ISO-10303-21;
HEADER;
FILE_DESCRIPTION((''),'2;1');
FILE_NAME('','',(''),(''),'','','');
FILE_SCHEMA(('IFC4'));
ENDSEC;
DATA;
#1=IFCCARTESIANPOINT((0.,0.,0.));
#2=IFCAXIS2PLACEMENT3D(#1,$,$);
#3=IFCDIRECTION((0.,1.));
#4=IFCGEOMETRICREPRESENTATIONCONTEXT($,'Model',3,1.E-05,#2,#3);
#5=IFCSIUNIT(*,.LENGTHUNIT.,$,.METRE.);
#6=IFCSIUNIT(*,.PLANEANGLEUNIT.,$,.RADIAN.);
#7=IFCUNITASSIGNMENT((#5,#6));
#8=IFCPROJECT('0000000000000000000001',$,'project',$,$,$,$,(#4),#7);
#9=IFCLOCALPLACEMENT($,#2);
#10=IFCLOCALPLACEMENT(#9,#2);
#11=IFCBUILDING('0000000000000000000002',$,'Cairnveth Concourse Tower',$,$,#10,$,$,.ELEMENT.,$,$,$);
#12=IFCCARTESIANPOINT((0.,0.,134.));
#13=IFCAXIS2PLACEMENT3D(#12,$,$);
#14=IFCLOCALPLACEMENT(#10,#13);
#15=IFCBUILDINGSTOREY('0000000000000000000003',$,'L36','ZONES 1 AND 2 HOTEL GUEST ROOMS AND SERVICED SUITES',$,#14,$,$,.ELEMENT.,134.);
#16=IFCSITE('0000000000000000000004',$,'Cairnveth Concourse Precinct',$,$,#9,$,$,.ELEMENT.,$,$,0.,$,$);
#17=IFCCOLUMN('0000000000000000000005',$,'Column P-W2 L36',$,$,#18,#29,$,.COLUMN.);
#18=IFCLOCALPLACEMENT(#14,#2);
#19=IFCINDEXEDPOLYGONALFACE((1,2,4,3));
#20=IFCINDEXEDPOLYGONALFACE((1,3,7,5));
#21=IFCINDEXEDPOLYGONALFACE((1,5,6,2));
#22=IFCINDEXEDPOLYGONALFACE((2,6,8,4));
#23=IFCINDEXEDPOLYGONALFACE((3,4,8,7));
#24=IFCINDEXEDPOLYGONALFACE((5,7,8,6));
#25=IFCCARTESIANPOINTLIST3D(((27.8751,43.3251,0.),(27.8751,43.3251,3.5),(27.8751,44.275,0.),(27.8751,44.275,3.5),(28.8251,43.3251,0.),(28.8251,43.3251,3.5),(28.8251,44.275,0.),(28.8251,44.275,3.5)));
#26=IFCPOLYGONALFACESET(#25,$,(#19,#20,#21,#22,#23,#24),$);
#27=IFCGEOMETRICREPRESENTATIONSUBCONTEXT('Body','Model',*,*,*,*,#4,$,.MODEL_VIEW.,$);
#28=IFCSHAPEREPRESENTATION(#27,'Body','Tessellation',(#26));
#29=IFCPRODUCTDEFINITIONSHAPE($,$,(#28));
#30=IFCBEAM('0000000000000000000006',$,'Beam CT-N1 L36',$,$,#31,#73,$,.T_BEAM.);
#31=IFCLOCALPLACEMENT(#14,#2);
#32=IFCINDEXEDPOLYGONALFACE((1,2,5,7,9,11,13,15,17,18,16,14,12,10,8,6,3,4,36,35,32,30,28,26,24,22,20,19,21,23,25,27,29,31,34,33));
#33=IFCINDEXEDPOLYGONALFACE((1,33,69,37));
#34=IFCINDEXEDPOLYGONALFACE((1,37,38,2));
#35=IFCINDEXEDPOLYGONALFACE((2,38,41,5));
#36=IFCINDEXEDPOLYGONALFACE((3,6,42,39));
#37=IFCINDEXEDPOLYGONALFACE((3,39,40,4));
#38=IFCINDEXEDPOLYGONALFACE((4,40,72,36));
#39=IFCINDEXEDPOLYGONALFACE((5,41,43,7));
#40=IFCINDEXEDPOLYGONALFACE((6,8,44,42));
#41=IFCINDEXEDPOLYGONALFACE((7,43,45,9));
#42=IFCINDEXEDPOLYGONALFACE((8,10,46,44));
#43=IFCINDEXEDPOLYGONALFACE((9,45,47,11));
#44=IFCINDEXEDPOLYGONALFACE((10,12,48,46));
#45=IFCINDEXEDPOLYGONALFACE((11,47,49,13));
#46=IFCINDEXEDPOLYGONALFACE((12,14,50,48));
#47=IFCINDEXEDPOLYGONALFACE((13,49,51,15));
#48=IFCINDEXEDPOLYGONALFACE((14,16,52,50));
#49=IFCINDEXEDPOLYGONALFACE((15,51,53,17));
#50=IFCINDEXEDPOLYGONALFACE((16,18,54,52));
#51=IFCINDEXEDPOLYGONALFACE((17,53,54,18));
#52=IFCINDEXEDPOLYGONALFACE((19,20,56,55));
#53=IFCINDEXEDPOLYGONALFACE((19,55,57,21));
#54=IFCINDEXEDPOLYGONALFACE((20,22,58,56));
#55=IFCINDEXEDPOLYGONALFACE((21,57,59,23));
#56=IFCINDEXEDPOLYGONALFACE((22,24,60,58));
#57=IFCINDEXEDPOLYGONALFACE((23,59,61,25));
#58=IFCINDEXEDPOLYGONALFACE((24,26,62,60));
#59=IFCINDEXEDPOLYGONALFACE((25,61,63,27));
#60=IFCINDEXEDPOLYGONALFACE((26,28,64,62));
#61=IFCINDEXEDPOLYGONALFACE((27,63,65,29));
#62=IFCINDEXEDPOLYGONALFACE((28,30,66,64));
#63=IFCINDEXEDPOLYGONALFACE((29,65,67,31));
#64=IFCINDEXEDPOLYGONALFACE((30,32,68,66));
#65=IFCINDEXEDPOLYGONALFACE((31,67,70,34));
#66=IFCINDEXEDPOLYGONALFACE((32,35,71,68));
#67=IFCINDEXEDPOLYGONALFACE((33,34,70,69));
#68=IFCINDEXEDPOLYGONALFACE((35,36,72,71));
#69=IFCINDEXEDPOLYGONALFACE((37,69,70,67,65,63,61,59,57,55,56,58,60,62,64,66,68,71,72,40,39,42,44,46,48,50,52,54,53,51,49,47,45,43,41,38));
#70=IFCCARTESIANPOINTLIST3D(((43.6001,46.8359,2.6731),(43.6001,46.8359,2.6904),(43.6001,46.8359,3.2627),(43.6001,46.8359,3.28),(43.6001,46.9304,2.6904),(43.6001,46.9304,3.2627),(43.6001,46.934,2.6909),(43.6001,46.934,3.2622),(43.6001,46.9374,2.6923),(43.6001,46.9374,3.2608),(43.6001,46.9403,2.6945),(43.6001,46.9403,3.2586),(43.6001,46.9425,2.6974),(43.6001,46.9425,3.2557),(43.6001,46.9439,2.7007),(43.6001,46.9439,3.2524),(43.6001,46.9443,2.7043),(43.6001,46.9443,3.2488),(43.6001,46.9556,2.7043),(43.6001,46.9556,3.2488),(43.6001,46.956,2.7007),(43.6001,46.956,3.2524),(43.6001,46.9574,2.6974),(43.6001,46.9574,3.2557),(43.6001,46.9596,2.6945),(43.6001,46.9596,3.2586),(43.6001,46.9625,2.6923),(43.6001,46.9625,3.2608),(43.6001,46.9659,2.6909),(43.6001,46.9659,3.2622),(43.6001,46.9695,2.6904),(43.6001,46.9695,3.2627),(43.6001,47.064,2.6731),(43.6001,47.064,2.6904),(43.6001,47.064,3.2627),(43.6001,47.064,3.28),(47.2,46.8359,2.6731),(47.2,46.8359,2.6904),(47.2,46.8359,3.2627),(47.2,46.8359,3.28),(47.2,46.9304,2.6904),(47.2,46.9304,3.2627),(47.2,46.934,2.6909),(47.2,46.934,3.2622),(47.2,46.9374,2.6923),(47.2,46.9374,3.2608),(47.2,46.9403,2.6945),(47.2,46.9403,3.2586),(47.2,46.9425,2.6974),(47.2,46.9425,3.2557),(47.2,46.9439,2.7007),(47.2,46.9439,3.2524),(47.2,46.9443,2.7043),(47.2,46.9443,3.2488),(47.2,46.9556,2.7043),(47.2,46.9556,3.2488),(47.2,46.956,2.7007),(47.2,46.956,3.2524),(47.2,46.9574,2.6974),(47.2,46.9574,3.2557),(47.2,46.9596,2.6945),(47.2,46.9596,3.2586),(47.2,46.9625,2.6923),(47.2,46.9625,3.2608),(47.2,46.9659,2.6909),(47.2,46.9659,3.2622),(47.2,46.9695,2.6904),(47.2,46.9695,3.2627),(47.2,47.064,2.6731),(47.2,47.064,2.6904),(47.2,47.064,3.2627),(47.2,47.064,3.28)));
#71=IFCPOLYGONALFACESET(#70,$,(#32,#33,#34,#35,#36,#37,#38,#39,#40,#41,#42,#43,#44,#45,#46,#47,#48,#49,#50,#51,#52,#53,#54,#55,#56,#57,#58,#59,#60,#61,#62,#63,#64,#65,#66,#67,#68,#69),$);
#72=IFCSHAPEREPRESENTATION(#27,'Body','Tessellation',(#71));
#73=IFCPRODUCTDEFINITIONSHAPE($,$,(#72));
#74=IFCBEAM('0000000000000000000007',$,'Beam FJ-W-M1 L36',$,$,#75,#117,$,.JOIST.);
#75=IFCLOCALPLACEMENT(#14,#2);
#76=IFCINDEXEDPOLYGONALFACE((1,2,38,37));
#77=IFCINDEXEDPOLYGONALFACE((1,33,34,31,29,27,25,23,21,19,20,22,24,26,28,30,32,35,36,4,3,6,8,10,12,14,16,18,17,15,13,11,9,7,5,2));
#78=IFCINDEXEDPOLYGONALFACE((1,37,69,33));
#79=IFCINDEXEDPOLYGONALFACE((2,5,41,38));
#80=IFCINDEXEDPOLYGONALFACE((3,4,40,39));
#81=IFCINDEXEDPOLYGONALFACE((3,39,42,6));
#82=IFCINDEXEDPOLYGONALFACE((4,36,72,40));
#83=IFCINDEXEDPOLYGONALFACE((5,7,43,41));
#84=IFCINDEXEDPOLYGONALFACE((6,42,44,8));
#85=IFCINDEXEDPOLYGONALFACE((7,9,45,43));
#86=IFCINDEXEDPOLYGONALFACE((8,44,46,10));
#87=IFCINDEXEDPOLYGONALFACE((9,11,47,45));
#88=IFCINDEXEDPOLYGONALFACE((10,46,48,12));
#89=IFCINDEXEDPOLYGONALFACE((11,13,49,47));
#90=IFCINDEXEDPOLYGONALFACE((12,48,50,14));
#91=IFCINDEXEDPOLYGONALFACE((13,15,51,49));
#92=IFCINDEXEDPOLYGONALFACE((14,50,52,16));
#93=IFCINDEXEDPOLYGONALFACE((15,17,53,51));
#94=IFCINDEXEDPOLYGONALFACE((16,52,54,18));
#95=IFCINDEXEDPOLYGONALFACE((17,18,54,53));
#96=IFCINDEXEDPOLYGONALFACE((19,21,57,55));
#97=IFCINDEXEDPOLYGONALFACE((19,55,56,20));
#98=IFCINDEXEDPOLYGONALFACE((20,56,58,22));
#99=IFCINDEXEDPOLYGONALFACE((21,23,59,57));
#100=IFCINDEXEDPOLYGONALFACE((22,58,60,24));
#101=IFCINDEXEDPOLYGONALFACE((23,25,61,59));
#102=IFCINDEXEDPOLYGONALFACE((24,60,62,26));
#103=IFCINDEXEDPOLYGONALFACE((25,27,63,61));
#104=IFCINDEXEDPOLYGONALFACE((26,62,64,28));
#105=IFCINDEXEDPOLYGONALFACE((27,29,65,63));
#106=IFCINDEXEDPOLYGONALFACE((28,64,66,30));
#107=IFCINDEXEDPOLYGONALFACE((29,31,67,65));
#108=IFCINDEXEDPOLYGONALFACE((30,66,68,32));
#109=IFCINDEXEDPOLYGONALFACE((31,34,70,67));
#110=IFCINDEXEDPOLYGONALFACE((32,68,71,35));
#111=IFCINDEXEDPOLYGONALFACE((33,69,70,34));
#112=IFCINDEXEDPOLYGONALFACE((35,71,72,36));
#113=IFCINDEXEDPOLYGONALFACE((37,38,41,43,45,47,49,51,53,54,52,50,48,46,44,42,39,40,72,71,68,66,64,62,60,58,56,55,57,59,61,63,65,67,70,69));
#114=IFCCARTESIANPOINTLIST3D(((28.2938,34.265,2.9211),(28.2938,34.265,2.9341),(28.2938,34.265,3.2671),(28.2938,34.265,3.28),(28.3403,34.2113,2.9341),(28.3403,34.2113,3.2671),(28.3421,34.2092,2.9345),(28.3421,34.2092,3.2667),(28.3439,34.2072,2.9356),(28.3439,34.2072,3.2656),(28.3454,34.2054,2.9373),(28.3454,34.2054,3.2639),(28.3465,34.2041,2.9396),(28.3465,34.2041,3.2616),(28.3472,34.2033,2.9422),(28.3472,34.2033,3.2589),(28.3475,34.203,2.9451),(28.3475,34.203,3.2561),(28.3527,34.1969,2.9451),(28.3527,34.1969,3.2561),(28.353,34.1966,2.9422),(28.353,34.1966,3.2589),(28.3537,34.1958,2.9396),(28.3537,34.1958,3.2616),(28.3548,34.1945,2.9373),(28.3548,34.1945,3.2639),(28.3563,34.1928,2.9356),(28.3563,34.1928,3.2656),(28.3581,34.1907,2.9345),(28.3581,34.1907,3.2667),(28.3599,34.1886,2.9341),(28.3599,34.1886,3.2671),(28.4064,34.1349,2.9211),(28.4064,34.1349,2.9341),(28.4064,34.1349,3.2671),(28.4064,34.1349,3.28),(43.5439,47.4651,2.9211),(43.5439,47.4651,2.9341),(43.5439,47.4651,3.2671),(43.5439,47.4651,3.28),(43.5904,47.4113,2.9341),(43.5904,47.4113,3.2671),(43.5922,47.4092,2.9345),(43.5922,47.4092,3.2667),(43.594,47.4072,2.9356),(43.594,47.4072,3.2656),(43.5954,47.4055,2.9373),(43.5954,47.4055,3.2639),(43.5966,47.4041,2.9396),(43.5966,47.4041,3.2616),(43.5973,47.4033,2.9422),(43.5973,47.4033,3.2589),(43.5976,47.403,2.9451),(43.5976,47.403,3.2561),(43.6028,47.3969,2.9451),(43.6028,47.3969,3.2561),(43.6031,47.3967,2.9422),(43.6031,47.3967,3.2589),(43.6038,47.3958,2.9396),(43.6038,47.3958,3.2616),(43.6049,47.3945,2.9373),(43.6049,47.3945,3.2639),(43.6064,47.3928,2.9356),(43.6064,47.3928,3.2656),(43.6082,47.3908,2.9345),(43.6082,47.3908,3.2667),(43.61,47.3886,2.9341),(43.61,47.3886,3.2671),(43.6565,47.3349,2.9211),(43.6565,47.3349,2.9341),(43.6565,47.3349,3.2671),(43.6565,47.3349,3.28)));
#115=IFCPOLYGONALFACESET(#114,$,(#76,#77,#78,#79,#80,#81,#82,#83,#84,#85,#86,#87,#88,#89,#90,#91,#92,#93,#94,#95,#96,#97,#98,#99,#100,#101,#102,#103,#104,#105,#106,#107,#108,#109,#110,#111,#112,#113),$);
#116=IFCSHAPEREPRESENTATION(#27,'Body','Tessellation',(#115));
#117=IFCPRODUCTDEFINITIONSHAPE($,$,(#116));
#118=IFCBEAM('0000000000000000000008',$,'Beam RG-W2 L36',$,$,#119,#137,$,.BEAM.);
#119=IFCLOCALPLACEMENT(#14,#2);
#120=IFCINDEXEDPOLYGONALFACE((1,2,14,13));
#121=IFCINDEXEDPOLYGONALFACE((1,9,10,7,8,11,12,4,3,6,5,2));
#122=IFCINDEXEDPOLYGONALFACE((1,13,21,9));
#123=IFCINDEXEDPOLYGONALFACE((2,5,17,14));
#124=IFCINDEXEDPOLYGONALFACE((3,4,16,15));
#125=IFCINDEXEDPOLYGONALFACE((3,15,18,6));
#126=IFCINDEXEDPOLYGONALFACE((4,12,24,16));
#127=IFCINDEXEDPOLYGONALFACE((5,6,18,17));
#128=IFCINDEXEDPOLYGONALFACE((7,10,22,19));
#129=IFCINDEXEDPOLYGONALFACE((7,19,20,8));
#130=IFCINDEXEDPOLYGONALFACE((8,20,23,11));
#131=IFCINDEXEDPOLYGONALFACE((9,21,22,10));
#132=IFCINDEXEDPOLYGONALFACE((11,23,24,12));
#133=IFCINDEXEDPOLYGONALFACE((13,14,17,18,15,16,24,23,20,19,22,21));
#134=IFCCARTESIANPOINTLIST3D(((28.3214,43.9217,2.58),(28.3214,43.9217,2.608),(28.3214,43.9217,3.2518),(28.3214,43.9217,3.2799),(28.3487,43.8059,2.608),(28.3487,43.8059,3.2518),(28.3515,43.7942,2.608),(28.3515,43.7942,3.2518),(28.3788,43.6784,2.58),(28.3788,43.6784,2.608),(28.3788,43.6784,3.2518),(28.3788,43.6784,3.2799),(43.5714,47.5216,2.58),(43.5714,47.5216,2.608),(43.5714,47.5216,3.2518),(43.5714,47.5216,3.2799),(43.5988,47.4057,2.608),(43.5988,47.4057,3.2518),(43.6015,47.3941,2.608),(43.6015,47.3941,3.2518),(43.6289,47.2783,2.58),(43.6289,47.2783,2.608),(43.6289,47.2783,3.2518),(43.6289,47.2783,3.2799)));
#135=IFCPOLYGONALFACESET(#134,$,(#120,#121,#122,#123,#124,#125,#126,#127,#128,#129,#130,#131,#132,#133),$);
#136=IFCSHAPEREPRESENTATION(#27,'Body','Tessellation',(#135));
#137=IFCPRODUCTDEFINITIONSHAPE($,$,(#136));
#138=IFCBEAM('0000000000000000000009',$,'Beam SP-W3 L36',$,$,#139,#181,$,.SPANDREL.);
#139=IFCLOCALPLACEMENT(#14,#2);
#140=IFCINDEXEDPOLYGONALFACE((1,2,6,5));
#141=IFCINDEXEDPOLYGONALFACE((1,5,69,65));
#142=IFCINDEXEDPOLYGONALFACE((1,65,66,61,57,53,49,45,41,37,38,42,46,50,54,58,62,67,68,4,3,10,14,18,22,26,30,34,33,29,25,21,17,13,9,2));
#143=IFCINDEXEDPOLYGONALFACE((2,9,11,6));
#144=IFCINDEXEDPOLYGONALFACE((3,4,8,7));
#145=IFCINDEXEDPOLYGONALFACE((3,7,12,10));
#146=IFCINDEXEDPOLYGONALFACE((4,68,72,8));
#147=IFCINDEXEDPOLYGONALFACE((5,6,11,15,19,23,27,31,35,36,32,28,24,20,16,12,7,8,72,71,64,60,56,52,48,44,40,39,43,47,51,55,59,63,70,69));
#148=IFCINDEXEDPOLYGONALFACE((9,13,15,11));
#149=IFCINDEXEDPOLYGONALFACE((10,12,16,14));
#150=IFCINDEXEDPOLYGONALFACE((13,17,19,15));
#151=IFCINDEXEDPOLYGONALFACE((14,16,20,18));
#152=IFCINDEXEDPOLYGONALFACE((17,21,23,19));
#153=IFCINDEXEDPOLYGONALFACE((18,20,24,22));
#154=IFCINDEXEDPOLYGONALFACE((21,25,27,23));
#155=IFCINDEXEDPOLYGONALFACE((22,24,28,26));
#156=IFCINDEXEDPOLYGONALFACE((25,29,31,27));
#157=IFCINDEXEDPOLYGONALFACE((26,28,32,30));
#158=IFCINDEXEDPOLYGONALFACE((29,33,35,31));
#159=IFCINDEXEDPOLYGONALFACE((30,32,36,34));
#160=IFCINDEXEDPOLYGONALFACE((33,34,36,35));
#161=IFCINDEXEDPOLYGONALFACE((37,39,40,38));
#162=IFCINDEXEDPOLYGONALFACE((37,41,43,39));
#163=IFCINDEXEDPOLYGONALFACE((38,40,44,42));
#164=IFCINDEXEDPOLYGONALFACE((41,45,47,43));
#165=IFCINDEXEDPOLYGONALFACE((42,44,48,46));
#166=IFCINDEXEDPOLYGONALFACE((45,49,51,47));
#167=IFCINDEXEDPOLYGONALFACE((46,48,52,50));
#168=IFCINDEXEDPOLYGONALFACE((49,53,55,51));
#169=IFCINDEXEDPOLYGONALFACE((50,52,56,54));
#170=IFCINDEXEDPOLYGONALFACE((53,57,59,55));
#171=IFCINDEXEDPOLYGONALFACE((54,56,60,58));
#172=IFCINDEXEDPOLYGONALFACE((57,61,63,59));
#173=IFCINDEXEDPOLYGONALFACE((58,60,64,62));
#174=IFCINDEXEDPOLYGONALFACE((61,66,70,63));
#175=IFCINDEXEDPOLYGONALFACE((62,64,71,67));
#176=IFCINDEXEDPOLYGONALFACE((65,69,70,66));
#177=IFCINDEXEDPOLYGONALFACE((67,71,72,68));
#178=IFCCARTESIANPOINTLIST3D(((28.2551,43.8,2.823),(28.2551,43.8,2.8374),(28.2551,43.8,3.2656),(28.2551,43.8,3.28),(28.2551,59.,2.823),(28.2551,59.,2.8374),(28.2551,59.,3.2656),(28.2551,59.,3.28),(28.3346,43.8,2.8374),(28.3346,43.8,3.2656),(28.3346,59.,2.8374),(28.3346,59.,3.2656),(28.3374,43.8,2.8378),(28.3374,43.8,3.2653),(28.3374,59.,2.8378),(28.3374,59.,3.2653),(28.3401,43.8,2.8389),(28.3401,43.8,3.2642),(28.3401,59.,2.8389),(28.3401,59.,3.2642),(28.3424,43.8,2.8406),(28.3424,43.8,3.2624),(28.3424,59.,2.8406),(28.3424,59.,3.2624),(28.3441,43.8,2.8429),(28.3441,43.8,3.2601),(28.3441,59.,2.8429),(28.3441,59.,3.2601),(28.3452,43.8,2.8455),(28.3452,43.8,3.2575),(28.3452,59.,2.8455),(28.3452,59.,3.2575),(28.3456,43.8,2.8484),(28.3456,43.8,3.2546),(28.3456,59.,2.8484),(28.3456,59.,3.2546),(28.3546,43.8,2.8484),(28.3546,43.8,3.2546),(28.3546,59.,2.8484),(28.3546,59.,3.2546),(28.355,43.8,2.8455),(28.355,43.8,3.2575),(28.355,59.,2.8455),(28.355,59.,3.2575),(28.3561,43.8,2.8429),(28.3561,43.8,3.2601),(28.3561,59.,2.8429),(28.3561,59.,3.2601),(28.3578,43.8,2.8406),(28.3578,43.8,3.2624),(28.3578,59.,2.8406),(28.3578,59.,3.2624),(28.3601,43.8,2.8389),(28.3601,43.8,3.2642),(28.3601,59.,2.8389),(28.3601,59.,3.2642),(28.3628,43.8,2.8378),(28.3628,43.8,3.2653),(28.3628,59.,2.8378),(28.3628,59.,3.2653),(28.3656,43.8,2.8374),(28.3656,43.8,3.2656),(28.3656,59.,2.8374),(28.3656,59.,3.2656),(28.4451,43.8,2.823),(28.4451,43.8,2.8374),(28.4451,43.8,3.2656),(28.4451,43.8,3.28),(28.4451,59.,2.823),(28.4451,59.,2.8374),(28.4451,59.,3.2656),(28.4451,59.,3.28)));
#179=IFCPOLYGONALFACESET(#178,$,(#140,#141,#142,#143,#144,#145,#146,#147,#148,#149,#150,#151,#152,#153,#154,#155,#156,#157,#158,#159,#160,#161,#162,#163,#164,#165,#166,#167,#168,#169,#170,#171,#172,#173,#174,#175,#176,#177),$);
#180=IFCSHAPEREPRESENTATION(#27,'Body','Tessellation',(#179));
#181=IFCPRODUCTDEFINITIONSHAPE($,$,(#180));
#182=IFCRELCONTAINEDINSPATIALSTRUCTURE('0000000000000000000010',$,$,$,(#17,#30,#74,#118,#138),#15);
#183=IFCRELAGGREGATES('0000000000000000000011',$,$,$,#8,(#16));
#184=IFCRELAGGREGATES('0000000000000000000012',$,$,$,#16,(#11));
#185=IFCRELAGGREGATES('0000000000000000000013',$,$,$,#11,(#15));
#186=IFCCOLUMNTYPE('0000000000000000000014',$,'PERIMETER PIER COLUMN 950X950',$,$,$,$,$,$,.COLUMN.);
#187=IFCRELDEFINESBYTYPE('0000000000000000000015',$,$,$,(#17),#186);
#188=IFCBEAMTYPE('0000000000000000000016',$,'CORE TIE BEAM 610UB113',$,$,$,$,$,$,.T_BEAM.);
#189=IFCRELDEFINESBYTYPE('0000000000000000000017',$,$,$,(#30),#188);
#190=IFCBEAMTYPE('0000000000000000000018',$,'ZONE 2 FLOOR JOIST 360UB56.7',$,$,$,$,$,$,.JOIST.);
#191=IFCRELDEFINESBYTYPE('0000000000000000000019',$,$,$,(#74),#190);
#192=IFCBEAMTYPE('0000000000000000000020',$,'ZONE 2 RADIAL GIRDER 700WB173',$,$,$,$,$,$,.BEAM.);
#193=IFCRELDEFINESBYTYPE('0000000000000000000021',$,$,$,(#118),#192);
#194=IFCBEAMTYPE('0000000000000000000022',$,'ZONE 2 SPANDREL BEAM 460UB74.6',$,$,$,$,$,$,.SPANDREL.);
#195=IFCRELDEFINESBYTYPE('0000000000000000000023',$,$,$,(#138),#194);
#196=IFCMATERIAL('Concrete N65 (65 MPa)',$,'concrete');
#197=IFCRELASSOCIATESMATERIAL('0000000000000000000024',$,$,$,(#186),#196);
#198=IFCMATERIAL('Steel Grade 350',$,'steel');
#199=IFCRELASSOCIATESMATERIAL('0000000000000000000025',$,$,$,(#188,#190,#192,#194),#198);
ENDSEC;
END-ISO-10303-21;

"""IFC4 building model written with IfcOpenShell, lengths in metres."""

from ifc_helpers import new_model, si_unit, direction, frame, origin, origin_2d, place, context, subcontext, project, spatial, rectangle, i_section, extrude, material, material_profile, profile_set, type_object, element, save


model = new_model("IFC4")

# Units and contexts
model_context = context("Model", 3, precision=1e-05, world=origin(), true_north=direction((0.0, 1.0)))
body_context = subcontext(model_context, "Body", "Model", "MODEL_VIEW")
ifc_project = project(units=[si_unit("LENGTHUNIT", "METRE"), si_unit("PLANEANGLEUNIT", "RADIAN")], contexts=[model_context])

# Site, building, storey
site_placement = place(None, origin())
site = spatial("IfcSite", under=ifc_project, at=site_placement, Name="Cairnveth Concourse Precinct", CompositionType="ELEMENT", RefElevation=0.0)
building_placement = place(site_placement, origin())
building = spatial("IfcBuilding", under=site, at=building_placement, Name="Cairnveth Concourse Tower", CompositionType="ELEMENT")
storey_placement = place(building_placement, frame((0.0, 0.0, 134.0)))
storey = spatial("IfcBuildingStorey", under=building, at=storey_placement, Name="L36", Description="ZONES 1 AND 2 HOTEL GUEST ROOMS AND SERVICED SUITES", CompositionType="ELEMENT", Elevation=134.0)

# Column
ifc_material_1 = material(Name="Concrete N65 (65 MPa)", Category="concrete")
ifc_material_profile_1 = material_profile(ifc_material_1, rectangle(XDim=0.95, YDim=0.95, at=origin_2d()), Name="RC-COL-950x950")
ifc_profile_set_1 = profile_set([ifc_material_profile_1], Name="Concrete N65 (65 MPa)")
column_type = type_object("IfcColumnType", Name="PERIMETER PIER COLUMN 950X950", PredefinedType="COLUMN", material=ifc_profile_set_1)
column_placement = place(storey_placement, frame((28.3501, 43.8, 0.0), z_axis=(0.0, 0.0, 1.0), x_axis=(0.0, 1.0, 0.0)))
element("IfcColumn", 1, at=column_placement, inside=storey, type_object=column_type, Name="Column P-W2 L36", PredefinedType="COLUMN", context=body_context, shape_type="SweptSolid", body=[
    extrude(rectangle(XDim=0.95, YDim=0.95, at=origin_2d()), origin(), (0.0, 0.0, 1.0), 3.5),
])

# Beams
ifc_material_2 = material(Name="Steel Grade 350", Category="steel")
ifc_material_profile_2 = material_profile(ifc_material_2, i_section(OverallWidth=0.228, OverallDepth=0.6069, WebThickness=0.0112, FlangeThickness=0.0173, FilletRadius=0.0139, at=origin_2d()), Name="610UB113")
ifc_profile_set_2 = profile_set([ifc_material_profile_2], Name="Steel Grade 350")
beam_type_1 = type_object("IfcBeamType", Name="CORE TIE BEAM 610UB113", PredefinedType="T_BEAM", material=ifc_profile_set_2)
beam_1_placement = place(storey_placement, frame((43.6001, 46.95, 2.9766), z_axis=(1.0, 0.0, 0.0), x_axis=(0.0, 1.0, 0.0)))
element("IfcBeam", 2, at=beam_1_placement, inside=storey, type_object=beam_type_1, Name="Beam CT-N1 L36", PredefinedType="T_BEAM", context=body_context, shape_type="SweptSolid", body=[
    extrude(i_section(OverallWidth=0.228, OverallDepth=0.6069, WebThickness=0.0112, FlangeThickness=0.0173, FilletRadius=0.0139, at=origin_2d()), origin(), (0.0, 0.0, 1.0), 3.5999),
])
ifc_material_profile_3 = material_profile(ifc_material_2, i_section(OverallWidth=0.1721, OverallDepth=0.3589, WebThickness=0.0081, FlangeThickness=0.0129, FilletRadius=0.011, at=origin_2d()), Name="360UB56.7")
ifc_profile_set_3 = profile_set([ifc_material_profile_3], Name="Steel Grade 350")
beam_type_2 = type_object("IfcBeamType", Name="ZONE 2 FLOOR JOIST 360UB56.7", PredefinedType="JOIST", material=ifc_profile_set_3)
beam_2_placement = place(storey_placement, frame((28.3501, 34.2, 3.1006), z_axis=(0.756099, 0.654457, 0.0), x_axis=(-0.654457, 0.756099, 0.0)))
element("IfcBeam", 3, at=beam_2_placement, inside=storey, type_object=beam_type_2, Name="Beam FJ-W-M1 L36", PredefinedType="JOIST", context=body_context, shape_type="SweptSolid", body=[
    extrude(i_section(OverallWidth=0.1721, OverallDepth=0.3589, WebThickness=0.0081, FlangeThickness=0.0129, FilletRadius=0.011, at=origin_2d()), origin(), (0.0, 0.0, 1.0), 20.1694),
])
ifc_material_profile_4 = material_profile(ifc_material_2, i_section(OverallWidth=0.25, OverallDepth=0.7, WebThickness=0.012, FlangeThickness=0.0281, at=origin_2d()), Name="700WB173")
ifc_profile_set_4 = profile_set([ifc_material_profile_4], Name="Steel Grade 350")
beam_type_3 = type_object("IfcBeamType", Name="ZONE 2 RADIAL GIRDER 700WB173", PredefinedType="BEAM", material=ifc_profile_set_4)
beam_3_placement = place(storey_placement, frame((28.3501, 43.8, 2.9299), z_axis=(0.973252, 0.229742, 0.0), x_axis=(-0.229742, 0.973252, 0.0)))
element("IfcBeam", 4, at=beam_3_placement, inside=storey, type_object=beam_type_3, Name="Beam RG-W2 L36", PredefinedType="BEAM", context=body_context, shape_type="SweptSolid", body=[
    extrude(i_section(OverallWidth=0.25, OverallDepth=0.7, WebThickness=0.012, FlangeThickness=0.0281, at=origin_2d()), origin(), (0.0, 0.0, 1.0), 15.6692),
])
ifc_material_profile_5 = material_profile(ifc_material_2, i_section(OverallWidth=0.1899, OverallDepth=0.457, WebThickness=0.009, FlangeThickness=0.0144, FilletRadius=0.011, at=origin_2d()), Name="460UB74.6")
ifc_profile_set_5 = profile_set([ifc_material_profile_5], Name="Steel Grade 350")
beam_type_4 = type_object("IfcBeamType", Name="ZONE 2 SPANDREL BEAM 460UB74.6", PredefinedType="SPANDREL", material=ifc_profile_set_5)
beam_4_placement = place(storey_placement, frame((28.3501, 43.8, 3.0515), z_axis=(0.0, 1.0, 0.0), x_axis=(-1.0, 0.0, 0.0)))
element("IfcBeam", 5, at=beam_4_placement, inside=storey, type_object=beam_type_4, Name="Beam SP-W3 L36", PredefinedType="SPANDREL", context=body_context, shape_type="SweptSolid", body=[
    extrude(i_section(OverallWidth=0.1899, OverallDepth=0.457, WebThickness=0.009, FlangeThickness=0.0144, FilletRadius=0.011, at=origin_2d()), origin(), (0.0, 0.0, 1.0), 15.2),
])

save(model, "model.ifc")
